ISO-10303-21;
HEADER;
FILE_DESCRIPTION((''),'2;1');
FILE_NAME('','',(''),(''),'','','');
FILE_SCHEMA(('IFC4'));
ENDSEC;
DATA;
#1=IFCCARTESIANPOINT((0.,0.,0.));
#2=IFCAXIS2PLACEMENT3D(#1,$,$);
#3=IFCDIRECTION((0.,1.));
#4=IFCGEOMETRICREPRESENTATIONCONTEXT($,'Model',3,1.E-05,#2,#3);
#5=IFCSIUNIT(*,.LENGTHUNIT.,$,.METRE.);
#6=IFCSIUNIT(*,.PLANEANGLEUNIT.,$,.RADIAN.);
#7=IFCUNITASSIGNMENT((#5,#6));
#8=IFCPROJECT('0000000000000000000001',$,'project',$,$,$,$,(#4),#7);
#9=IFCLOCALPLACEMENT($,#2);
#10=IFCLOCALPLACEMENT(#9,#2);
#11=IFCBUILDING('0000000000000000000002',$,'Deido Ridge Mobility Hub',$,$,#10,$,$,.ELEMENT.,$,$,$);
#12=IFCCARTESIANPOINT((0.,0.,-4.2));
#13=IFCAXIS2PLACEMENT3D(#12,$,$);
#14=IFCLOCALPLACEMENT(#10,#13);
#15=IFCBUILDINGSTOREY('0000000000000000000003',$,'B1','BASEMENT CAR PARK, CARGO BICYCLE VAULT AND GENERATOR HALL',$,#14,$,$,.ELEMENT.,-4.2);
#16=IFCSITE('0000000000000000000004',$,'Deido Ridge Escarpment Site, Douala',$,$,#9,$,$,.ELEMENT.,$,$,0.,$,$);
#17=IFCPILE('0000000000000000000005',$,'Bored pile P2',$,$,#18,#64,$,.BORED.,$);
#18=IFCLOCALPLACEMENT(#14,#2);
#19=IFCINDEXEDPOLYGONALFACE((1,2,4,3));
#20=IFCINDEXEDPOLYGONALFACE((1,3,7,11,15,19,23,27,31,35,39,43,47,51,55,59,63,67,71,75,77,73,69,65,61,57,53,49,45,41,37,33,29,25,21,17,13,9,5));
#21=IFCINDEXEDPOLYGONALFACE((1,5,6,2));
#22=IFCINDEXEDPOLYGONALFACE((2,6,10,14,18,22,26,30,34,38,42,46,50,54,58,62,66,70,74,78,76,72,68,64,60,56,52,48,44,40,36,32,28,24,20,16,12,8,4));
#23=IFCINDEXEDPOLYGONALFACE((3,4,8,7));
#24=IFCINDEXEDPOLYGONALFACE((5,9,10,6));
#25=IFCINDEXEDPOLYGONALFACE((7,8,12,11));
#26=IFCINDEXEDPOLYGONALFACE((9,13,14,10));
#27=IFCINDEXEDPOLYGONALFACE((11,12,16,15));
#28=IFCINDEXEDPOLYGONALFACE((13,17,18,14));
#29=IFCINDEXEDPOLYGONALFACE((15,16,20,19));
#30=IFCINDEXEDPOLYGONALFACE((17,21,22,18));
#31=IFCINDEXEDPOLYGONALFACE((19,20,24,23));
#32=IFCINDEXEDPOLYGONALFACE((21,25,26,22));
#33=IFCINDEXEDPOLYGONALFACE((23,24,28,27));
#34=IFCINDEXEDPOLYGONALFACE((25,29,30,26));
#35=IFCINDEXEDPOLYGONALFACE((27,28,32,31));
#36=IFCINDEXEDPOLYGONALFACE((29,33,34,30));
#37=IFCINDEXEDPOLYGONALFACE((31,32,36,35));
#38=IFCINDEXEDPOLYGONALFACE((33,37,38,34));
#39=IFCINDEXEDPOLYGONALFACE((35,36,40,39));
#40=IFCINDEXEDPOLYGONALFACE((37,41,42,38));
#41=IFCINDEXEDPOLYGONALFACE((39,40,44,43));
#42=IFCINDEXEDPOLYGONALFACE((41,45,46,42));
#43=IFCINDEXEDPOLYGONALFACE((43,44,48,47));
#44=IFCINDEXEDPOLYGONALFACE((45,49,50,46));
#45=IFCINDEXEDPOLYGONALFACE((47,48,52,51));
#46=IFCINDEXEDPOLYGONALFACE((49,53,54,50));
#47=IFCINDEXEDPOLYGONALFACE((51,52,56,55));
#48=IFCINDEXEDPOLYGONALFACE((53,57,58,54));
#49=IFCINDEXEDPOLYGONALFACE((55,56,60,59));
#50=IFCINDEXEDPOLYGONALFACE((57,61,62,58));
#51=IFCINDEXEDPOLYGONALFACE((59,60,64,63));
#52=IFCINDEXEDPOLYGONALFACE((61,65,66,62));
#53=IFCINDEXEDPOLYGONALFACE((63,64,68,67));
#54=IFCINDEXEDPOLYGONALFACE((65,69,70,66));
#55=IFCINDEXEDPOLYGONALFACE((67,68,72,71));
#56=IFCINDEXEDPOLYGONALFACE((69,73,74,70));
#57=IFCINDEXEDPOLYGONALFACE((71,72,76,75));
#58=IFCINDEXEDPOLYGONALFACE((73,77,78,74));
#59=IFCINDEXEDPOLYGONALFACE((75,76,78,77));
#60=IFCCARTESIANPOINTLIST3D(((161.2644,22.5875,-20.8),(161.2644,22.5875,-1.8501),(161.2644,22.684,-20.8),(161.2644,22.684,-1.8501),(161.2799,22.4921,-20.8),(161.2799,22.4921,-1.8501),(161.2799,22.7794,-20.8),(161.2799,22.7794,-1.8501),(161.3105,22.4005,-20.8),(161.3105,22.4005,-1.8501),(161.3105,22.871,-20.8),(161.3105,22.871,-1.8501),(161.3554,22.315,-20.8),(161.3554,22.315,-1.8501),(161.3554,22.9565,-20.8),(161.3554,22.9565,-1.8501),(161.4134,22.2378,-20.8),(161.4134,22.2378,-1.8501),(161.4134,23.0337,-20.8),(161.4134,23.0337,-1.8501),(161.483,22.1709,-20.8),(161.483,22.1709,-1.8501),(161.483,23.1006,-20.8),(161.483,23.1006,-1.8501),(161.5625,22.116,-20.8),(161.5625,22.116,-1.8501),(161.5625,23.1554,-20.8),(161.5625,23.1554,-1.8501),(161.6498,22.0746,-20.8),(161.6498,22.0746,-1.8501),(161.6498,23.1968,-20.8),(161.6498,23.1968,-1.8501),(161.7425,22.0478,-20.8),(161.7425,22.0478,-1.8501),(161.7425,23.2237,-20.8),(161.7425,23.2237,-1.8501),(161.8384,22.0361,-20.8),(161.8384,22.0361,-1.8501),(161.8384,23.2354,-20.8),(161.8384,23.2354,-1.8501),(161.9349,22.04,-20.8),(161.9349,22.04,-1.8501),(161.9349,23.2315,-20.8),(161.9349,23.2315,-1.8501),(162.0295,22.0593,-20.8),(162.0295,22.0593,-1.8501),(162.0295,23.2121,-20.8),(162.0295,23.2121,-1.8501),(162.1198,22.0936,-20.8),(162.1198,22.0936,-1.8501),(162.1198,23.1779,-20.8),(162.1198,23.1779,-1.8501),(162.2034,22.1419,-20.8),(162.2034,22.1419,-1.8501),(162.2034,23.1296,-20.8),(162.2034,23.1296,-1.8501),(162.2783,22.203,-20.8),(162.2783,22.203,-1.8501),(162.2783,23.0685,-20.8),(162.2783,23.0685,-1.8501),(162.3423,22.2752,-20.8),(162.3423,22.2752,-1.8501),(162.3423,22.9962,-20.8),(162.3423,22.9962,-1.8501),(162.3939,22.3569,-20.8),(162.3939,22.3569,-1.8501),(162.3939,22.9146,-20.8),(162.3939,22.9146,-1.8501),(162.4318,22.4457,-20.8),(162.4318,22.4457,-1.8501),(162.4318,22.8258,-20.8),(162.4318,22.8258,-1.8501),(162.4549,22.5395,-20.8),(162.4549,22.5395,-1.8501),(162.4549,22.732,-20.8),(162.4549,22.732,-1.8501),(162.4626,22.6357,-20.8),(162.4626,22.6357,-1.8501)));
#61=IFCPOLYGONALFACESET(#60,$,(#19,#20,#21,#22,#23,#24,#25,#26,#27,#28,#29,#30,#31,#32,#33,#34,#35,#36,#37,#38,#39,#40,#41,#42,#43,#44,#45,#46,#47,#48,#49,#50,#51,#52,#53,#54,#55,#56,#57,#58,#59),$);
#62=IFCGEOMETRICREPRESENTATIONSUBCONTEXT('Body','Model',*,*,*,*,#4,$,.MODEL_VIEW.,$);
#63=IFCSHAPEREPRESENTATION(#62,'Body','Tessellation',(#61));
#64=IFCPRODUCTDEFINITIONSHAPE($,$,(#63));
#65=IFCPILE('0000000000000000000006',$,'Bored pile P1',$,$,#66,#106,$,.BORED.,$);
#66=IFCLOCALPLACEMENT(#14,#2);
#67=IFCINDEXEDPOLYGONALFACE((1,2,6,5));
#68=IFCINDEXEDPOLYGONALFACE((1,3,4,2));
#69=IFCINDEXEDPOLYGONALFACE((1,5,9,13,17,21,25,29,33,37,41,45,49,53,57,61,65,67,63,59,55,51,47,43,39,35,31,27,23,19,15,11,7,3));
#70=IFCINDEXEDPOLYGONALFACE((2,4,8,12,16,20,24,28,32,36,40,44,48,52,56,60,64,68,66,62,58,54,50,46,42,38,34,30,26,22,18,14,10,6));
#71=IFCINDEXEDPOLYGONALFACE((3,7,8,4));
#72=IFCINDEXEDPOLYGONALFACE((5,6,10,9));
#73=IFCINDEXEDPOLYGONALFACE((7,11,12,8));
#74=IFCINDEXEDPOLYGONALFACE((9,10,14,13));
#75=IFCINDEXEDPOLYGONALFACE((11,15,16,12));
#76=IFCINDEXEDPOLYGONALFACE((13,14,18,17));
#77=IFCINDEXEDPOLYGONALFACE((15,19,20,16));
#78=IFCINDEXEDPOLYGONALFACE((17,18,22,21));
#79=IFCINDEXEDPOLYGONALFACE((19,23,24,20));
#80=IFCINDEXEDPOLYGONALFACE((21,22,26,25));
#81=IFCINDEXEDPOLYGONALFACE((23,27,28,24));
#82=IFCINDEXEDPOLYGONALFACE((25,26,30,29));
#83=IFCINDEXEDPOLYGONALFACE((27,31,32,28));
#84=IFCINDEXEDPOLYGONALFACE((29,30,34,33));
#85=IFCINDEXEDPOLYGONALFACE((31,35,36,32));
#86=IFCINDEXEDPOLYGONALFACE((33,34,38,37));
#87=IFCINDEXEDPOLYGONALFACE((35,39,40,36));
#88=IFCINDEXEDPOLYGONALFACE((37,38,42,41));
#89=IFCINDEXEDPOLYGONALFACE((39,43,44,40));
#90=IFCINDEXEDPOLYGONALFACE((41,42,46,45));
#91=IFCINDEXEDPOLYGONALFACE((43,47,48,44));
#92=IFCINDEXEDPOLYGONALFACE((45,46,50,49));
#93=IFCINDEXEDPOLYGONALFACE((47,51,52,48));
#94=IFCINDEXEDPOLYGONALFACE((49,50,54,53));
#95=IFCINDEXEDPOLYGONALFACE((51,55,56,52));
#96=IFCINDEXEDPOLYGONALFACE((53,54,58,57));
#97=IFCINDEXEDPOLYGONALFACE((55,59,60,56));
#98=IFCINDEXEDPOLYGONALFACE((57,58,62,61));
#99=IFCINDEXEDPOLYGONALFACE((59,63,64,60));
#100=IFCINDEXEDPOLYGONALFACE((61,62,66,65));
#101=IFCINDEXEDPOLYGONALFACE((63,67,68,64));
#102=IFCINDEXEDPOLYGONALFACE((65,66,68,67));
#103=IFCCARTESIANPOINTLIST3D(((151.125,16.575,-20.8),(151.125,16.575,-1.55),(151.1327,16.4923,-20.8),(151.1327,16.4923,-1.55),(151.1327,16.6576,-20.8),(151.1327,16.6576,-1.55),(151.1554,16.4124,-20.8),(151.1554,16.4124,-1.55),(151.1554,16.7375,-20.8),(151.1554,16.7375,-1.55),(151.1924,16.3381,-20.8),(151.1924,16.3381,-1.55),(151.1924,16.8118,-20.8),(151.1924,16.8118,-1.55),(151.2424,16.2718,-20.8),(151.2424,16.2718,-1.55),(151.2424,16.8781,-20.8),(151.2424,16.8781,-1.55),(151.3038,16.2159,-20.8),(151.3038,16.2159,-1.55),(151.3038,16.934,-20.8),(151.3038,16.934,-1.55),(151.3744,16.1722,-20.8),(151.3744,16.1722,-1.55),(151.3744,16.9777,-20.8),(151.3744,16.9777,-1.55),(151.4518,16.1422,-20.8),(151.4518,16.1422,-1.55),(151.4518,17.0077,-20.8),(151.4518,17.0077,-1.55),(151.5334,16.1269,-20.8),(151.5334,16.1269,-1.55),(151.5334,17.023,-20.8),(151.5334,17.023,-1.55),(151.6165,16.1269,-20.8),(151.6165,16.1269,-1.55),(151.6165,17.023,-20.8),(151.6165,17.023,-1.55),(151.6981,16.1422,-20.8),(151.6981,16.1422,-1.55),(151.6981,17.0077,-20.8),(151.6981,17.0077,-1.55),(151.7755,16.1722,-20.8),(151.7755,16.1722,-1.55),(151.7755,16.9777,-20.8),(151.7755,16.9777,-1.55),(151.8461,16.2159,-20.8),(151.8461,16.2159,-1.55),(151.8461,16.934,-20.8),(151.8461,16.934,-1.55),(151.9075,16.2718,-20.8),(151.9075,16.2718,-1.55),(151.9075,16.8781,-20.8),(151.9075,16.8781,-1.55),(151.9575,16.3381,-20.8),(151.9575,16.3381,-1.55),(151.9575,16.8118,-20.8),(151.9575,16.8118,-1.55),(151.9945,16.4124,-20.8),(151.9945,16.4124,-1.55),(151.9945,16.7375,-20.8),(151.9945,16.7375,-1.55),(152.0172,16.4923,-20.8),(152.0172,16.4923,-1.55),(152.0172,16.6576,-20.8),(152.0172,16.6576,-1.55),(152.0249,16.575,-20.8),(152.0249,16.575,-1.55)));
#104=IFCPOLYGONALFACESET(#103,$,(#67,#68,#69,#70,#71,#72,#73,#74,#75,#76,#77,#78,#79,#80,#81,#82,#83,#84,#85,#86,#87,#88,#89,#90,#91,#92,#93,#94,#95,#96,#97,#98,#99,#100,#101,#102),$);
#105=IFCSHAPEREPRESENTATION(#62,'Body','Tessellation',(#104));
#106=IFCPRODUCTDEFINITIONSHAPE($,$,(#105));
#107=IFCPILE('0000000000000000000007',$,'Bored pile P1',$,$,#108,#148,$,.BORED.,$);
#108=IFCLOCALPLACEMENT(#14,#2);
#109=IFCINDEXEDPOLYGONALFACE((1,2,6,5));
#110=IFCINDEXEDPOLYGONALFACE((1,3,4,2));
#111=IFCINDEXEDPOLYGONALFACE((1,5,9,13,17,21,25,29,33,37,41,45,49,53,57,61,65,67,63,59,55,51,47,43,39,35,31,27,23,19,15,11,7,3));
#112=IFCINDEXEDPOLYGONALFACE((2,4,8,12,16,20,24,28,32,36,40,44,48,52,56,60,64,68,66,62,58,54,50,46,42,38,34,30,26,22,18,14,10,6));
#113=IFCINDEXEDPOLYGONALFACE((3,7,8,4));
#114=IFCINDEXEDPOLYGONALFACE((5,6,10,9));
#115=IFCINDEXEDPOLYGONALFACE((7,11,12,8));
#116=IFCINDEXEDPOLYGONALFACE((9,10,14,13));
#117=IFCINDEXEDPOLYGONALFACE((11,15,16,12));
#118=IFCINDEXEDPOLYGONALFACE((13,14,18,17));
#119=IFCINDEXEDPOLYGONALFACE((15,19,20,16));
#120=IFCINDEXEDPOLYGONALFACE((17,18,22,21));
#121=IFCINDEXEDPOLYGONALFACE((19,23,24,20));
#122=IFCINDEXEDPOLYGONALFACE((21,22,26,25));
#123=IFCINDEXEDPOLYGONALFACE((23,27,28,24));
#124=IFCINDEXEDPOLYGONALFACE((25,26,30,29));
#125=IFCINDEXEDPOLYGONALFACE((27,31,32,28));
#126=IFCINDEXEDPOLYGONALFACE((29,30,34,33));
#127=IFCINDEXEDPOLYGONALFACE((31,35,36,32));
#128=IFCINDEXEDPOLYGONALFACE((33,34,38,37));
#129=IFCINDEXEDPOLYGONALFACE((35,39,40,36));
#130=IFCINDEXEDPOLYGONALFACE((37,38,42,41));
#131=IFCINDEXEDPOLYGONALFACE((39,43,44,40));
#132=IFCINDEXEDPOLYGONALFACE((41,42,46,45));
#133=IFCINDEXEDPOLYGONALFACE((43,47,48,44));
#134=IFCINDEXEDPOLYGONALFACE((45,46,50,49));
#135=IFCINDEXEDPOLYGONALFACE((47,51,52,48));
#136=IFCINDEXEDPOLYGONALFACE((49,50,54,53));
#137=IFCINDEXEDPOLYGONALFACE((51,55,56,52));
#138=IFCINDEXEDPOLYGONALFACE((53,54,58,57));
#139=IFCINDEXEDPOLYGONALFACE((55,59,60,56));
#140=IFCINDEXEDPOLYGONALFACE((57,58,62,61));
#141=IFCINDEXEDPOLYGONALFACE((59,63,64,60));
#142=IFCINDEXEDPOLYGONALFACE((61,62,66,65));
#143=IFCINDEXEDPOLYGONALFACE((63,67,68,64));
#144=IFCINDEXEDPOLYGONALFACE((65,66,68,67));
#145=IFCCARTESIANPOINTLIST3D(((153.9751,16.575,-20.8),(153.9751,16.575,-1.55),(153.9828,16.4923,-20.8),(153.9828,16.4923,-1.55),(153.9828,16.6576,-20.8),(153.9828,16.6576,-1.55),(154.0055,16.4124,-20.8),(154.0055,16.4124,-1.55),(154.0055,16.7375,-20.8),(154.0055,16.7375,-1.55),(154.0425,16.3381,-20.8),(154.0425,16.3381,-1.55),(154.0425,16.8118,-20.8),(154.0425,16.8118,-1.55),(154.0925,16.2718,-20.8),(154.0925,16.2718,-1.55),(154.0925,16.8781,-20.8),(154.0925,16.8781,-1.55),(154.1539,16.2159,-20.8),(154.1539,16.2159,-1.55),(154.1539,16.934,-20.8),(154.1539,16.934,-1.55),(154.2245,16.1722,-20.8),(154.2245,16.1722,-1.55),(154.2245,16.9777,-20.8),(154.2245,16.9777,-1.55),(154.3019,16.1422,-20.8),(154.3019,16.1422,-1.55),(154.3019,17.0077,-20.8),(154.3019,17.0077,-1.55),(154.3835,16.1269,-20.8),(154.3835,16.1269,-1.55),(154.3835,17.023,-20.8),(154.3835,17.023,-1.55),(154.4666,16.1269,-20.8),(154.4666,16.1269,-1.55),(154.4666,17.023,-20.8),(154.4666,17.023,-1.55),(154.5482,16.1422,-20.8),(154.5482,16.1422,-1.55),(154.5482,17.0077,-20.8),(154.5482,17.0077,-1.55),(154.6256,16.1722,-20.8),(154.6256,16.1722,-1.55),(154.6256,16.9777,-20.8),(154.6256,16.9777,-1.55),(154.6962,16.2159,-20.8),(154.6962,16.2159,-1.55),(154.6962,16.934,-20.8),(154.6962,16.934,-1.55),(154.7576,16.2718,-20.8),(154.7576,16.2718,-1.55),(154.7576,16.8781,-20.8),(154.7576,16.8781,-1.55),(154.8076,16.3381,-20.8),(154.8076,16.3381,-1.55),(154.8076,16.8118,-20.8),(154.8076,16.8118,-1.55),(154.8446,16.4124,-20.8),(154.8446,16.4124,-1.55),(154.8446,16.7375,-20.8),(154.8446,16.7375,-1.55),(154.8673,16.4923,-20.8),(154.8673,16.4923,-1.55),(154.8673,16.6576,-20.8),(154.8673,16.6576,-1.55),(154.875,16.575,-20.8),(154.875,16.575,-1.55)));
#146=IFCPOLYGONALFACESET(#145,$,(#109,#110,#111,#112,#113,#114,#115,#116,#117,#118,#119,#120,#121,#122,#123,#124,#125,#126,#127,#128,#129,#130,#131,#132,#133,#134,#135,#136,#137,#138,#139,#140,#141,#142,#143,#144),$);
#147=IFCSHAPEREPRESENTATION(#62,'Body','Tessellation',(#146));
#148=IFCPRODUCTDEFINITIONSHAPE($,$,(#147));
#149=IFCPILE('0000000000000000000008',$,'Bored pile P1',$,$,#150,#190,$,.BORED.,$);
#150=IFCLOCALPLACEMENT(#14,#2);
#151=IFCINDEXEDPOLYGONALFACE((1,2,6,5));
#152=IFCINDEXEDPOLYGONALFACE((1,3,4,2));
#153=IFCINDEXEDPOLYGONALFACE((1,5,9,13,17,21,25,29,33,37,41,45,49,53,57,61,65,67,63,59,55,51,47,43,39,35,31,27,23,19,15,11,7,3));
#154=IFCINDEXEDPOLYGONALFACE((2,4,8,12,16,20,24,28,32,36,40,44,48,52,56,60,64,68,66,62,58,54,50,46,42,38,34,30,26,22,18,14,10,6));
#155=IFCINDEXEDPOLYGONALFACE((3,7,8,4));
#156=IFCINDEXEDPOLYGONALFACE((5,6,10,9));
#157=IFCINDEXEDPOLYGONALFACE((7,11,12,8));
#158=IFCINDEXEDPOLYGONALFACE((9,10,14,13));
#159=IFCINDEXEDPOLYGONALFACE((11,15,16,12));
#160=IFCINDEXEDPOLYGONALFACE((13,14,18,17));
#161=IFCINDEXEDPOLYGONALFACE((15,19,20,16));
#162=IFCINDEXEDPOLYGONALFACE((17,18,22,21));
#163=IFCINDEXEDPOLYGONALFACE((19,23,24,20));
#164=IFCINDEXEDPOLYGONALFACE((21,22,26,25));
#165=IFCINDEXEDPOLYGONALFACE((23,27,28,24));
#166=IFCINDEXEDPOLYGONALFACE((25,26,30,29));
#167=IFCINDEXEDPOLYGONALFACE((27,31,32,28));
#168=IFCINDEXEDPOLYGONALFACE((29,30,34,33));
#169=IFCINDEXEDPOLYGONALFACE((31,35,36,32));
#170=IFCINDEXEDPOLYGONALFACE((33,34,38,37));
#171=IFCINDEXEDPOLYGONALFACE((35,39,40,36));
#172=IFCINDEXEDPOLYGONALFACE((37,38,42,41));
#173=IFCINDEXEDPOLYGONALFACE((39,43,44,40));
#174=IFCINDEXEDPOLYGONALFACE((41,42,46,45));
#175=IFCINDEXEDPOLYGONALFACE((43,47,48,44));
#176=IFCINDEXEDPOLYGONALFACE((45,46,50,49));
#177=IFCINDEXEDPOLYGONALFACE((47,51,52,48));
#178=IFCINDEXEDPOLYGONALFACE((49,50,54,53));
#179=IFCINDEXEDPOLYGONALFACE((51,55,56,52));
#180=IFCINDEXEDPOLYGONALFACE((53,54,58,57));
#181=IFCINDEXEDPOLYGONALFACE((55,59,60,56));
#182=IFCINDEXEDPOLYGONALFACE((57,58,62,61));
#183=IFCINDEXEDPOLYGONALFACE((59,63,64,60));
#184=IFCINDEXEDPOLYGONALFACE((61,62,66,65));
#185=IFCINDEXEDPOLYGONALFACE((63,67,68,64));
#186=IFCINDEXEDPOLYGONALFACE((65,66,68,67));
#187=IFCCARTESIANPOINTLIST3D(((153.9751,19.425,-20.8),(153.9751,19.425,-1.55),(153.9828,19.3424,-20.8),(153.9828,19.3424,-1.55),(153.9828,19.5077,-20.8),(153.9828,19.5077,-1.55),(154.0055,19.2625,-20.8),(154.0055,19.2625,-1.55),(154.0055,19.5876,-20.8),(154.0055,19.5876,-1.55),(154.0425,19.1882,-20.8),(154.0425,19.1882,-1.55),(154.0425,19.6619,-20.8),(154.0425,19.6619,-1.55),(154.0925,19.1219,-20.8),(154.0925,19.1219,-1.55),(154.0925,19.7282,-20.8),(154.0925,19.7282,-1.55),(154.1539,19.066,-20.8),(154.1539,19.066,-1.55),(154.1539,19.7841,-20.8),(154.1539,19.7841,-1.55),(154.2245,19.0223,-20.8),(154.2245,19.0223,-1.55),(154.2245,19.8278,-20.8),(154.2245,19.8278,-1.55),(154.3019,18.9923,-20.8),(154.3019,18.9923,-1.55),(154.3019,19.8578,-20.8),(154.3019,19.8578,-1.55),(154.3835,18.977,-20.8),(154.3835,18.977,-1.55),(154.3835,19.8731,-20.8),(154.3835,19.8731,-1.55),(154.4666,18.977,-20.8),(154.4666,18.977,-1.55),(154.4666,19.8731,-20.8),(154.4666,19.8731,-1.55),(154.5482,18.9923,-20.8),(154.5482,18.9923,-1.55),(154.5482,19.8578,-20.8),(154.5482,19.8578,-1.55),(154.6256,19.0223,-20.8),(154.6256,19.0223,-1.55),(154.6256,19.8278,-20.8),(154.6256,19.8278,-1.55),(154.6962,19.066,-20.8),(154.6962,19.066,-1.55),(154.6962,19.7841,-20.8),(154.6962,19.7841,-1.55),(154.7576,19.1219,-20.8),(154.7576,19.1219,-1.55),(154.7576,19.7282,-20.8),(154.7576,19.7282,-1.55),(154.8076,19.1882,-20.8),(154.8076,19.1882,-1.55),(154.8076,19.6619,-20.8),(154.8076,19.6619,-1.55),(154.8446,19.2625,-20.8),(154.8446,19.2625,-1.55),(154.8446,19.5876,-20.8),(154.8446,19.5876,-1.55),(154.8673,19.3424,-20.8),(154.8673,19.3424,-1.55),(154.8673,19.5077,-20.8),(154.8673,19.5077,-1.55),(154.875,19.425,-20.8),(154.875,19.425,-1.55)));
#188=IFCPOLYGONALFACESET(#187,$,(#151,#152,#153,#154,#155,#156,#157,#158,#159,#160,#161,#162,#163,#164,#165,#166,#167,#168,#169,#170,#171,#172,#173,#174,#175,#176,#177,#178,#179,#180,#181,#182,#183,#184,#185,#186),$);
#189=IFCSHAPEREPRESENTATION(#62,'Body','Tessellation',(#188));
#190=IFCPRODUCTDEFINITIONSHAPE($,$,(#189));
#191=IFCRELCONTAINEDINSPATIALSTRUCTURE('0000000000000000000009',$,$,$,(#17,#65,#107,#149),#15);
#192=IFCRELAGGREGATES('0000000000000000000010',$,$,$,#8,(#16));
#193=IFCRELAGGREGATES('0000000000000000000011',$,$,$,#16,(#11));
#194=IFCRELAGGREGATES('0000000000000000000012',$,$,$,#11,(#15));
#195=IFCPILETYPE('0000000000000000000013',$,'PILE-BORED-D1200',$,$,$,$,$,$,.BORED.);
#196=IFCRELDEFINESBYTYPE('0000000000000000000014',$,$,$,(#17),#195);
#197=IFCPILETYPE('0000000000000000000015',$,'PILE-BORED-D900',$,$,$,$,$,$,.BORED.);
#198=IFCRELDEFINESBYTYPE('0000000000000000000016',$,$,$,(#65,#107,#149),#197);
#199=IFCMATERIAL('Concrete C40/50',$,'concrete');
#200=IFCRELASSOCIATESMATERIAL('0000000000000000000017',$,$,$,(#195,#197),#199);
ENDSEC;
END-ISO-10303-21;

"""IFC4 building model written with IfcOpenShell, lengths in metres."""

from ifc_helpers import new_model, si_unit, direction, frame, origin, origin_2d, place, context, subcontext, project, spatial, circle, extrude, material, material_profile, profile_set, type_object, element, save


model = new_model("IFC4")

# Units and contexts
model_context = context("Model", 3, precision=1e-05, world=origin(), true_north=direction((0.0, 1.0)))
body_context = subcontext(model_context, "Body", "Model", "MODEL_VIEW")
ifc_project = project(units=[si_unit("LENGTHUNIT", "METRE"), si_unit("PLANEANGLEUNIT", "RADIAN")], contexts=[model_context])

# Site, building, storey
site_placement = place(None, origin())
site = spatial("IfcSite", under=ifc_project, at=site_placement, Name="Deido Ridge Escarpment Site, Douala", CompositionType="ELEMENT", RefElevation=0.0)
building_placement = place(site_placement, origin())
building = spatial("IfcBuilding", under=site, at=building_placement, Name="Deido Ridge Mobility Hub", CompositionType="ELEMENT")
storey_placement = place(building_placement, frame((0.0, 0.0, -4.2)))
storey = spatial("IfcBuildingStorey", under=building, at=storey_placement, Name="B1", Description="BASEMENT CAR PARK, CARGO BICYCLE VAULT AND GENERATOR HALL", CompositionType="ELEMENT", Elevation=-4.2)

# Shared definitions
ifc_material_1 = material(Name="Concrete C40/50", Category="concrete")

# Piles
ifc_material_profile_1 = material_profile(ifc_material_1, circle(Radius=0.6001, at=origin_2d()), Name="BORED PILE D1200")
ifc_profile_set_1 = profile_set([ifc_material_profile_1], Name="Concrete C40/50")
pile_type_1 = type_object("IfcPileType", Name="PILE-BORED-D1200", PredefinedType="BORED", material=ifc_profile_set_1)
for number, where, z_axis, x_axis, name in (
    (1, (161.8625, 22.6357, -1.8501), (0.0, 0.0, -1.0), (1.0, 0.0, 0.0), "Bored pile P2"),
):
    element("IfcPile", number, at=place(storey_placement, frame(where, z_axis=z_axis, x_axis=x_axis)), inside=storey, type_object=pile_type_1, Name=name, PredefinedType="BORED", context=body_context, shape_type="SweptSolid", body=[
        extrude(circle(Radius=0.6001, at=origin_2d()), origin(), (0.0, 0.0, 1.0), 18.95),
    ])
ifc_material_profile_2 = material_profile(ifc_material_1, circle(Radius=0.45, at=origin_2d()), Name="BORED PILE D900")
ifc_profile_set_2 = profile_set([ifc_material_profile_2], Name="Concrete C40/50")
pile_type_2 = type_object("IfcPileType", Name="PILE-BORED-D900", PredefinedType="BORED", material=ifc_profile_set_2)
for number, where, z_axis, x_axis, name in (
    (2, (151.575, 16.575, -1.55), (0.0, 0.0, -1.0), (1.0, 0.0, 0.0), "Bored pile P1"),
    (3, (154.425, 16.575, -1.55), (0.0, 0.0, -1.0), (1.0, 0.0, 0.0), "Bored pile P1"),
    (4, (154.425, 19.425, -1.55), (0.0, 0.0, -1.0), (1.0, 0.0, 0.0), "Bored pile P1"),
):
    element("IfcPile", number, at=place(storey_placement, frame(where, z_axis=z_axis, x_axis=x_axis)), inside=storey, type_object=pile_type_2, Name=name, PredefinedType="BORED", context=body_context, shape_type="SweptSolid", body=[
        extrude(circle(Radius=0.45, at=origin_2d()), origin(), (0.0, 0.0, 1.0), 19.25),
    ])

save(model, "model.ifc")
